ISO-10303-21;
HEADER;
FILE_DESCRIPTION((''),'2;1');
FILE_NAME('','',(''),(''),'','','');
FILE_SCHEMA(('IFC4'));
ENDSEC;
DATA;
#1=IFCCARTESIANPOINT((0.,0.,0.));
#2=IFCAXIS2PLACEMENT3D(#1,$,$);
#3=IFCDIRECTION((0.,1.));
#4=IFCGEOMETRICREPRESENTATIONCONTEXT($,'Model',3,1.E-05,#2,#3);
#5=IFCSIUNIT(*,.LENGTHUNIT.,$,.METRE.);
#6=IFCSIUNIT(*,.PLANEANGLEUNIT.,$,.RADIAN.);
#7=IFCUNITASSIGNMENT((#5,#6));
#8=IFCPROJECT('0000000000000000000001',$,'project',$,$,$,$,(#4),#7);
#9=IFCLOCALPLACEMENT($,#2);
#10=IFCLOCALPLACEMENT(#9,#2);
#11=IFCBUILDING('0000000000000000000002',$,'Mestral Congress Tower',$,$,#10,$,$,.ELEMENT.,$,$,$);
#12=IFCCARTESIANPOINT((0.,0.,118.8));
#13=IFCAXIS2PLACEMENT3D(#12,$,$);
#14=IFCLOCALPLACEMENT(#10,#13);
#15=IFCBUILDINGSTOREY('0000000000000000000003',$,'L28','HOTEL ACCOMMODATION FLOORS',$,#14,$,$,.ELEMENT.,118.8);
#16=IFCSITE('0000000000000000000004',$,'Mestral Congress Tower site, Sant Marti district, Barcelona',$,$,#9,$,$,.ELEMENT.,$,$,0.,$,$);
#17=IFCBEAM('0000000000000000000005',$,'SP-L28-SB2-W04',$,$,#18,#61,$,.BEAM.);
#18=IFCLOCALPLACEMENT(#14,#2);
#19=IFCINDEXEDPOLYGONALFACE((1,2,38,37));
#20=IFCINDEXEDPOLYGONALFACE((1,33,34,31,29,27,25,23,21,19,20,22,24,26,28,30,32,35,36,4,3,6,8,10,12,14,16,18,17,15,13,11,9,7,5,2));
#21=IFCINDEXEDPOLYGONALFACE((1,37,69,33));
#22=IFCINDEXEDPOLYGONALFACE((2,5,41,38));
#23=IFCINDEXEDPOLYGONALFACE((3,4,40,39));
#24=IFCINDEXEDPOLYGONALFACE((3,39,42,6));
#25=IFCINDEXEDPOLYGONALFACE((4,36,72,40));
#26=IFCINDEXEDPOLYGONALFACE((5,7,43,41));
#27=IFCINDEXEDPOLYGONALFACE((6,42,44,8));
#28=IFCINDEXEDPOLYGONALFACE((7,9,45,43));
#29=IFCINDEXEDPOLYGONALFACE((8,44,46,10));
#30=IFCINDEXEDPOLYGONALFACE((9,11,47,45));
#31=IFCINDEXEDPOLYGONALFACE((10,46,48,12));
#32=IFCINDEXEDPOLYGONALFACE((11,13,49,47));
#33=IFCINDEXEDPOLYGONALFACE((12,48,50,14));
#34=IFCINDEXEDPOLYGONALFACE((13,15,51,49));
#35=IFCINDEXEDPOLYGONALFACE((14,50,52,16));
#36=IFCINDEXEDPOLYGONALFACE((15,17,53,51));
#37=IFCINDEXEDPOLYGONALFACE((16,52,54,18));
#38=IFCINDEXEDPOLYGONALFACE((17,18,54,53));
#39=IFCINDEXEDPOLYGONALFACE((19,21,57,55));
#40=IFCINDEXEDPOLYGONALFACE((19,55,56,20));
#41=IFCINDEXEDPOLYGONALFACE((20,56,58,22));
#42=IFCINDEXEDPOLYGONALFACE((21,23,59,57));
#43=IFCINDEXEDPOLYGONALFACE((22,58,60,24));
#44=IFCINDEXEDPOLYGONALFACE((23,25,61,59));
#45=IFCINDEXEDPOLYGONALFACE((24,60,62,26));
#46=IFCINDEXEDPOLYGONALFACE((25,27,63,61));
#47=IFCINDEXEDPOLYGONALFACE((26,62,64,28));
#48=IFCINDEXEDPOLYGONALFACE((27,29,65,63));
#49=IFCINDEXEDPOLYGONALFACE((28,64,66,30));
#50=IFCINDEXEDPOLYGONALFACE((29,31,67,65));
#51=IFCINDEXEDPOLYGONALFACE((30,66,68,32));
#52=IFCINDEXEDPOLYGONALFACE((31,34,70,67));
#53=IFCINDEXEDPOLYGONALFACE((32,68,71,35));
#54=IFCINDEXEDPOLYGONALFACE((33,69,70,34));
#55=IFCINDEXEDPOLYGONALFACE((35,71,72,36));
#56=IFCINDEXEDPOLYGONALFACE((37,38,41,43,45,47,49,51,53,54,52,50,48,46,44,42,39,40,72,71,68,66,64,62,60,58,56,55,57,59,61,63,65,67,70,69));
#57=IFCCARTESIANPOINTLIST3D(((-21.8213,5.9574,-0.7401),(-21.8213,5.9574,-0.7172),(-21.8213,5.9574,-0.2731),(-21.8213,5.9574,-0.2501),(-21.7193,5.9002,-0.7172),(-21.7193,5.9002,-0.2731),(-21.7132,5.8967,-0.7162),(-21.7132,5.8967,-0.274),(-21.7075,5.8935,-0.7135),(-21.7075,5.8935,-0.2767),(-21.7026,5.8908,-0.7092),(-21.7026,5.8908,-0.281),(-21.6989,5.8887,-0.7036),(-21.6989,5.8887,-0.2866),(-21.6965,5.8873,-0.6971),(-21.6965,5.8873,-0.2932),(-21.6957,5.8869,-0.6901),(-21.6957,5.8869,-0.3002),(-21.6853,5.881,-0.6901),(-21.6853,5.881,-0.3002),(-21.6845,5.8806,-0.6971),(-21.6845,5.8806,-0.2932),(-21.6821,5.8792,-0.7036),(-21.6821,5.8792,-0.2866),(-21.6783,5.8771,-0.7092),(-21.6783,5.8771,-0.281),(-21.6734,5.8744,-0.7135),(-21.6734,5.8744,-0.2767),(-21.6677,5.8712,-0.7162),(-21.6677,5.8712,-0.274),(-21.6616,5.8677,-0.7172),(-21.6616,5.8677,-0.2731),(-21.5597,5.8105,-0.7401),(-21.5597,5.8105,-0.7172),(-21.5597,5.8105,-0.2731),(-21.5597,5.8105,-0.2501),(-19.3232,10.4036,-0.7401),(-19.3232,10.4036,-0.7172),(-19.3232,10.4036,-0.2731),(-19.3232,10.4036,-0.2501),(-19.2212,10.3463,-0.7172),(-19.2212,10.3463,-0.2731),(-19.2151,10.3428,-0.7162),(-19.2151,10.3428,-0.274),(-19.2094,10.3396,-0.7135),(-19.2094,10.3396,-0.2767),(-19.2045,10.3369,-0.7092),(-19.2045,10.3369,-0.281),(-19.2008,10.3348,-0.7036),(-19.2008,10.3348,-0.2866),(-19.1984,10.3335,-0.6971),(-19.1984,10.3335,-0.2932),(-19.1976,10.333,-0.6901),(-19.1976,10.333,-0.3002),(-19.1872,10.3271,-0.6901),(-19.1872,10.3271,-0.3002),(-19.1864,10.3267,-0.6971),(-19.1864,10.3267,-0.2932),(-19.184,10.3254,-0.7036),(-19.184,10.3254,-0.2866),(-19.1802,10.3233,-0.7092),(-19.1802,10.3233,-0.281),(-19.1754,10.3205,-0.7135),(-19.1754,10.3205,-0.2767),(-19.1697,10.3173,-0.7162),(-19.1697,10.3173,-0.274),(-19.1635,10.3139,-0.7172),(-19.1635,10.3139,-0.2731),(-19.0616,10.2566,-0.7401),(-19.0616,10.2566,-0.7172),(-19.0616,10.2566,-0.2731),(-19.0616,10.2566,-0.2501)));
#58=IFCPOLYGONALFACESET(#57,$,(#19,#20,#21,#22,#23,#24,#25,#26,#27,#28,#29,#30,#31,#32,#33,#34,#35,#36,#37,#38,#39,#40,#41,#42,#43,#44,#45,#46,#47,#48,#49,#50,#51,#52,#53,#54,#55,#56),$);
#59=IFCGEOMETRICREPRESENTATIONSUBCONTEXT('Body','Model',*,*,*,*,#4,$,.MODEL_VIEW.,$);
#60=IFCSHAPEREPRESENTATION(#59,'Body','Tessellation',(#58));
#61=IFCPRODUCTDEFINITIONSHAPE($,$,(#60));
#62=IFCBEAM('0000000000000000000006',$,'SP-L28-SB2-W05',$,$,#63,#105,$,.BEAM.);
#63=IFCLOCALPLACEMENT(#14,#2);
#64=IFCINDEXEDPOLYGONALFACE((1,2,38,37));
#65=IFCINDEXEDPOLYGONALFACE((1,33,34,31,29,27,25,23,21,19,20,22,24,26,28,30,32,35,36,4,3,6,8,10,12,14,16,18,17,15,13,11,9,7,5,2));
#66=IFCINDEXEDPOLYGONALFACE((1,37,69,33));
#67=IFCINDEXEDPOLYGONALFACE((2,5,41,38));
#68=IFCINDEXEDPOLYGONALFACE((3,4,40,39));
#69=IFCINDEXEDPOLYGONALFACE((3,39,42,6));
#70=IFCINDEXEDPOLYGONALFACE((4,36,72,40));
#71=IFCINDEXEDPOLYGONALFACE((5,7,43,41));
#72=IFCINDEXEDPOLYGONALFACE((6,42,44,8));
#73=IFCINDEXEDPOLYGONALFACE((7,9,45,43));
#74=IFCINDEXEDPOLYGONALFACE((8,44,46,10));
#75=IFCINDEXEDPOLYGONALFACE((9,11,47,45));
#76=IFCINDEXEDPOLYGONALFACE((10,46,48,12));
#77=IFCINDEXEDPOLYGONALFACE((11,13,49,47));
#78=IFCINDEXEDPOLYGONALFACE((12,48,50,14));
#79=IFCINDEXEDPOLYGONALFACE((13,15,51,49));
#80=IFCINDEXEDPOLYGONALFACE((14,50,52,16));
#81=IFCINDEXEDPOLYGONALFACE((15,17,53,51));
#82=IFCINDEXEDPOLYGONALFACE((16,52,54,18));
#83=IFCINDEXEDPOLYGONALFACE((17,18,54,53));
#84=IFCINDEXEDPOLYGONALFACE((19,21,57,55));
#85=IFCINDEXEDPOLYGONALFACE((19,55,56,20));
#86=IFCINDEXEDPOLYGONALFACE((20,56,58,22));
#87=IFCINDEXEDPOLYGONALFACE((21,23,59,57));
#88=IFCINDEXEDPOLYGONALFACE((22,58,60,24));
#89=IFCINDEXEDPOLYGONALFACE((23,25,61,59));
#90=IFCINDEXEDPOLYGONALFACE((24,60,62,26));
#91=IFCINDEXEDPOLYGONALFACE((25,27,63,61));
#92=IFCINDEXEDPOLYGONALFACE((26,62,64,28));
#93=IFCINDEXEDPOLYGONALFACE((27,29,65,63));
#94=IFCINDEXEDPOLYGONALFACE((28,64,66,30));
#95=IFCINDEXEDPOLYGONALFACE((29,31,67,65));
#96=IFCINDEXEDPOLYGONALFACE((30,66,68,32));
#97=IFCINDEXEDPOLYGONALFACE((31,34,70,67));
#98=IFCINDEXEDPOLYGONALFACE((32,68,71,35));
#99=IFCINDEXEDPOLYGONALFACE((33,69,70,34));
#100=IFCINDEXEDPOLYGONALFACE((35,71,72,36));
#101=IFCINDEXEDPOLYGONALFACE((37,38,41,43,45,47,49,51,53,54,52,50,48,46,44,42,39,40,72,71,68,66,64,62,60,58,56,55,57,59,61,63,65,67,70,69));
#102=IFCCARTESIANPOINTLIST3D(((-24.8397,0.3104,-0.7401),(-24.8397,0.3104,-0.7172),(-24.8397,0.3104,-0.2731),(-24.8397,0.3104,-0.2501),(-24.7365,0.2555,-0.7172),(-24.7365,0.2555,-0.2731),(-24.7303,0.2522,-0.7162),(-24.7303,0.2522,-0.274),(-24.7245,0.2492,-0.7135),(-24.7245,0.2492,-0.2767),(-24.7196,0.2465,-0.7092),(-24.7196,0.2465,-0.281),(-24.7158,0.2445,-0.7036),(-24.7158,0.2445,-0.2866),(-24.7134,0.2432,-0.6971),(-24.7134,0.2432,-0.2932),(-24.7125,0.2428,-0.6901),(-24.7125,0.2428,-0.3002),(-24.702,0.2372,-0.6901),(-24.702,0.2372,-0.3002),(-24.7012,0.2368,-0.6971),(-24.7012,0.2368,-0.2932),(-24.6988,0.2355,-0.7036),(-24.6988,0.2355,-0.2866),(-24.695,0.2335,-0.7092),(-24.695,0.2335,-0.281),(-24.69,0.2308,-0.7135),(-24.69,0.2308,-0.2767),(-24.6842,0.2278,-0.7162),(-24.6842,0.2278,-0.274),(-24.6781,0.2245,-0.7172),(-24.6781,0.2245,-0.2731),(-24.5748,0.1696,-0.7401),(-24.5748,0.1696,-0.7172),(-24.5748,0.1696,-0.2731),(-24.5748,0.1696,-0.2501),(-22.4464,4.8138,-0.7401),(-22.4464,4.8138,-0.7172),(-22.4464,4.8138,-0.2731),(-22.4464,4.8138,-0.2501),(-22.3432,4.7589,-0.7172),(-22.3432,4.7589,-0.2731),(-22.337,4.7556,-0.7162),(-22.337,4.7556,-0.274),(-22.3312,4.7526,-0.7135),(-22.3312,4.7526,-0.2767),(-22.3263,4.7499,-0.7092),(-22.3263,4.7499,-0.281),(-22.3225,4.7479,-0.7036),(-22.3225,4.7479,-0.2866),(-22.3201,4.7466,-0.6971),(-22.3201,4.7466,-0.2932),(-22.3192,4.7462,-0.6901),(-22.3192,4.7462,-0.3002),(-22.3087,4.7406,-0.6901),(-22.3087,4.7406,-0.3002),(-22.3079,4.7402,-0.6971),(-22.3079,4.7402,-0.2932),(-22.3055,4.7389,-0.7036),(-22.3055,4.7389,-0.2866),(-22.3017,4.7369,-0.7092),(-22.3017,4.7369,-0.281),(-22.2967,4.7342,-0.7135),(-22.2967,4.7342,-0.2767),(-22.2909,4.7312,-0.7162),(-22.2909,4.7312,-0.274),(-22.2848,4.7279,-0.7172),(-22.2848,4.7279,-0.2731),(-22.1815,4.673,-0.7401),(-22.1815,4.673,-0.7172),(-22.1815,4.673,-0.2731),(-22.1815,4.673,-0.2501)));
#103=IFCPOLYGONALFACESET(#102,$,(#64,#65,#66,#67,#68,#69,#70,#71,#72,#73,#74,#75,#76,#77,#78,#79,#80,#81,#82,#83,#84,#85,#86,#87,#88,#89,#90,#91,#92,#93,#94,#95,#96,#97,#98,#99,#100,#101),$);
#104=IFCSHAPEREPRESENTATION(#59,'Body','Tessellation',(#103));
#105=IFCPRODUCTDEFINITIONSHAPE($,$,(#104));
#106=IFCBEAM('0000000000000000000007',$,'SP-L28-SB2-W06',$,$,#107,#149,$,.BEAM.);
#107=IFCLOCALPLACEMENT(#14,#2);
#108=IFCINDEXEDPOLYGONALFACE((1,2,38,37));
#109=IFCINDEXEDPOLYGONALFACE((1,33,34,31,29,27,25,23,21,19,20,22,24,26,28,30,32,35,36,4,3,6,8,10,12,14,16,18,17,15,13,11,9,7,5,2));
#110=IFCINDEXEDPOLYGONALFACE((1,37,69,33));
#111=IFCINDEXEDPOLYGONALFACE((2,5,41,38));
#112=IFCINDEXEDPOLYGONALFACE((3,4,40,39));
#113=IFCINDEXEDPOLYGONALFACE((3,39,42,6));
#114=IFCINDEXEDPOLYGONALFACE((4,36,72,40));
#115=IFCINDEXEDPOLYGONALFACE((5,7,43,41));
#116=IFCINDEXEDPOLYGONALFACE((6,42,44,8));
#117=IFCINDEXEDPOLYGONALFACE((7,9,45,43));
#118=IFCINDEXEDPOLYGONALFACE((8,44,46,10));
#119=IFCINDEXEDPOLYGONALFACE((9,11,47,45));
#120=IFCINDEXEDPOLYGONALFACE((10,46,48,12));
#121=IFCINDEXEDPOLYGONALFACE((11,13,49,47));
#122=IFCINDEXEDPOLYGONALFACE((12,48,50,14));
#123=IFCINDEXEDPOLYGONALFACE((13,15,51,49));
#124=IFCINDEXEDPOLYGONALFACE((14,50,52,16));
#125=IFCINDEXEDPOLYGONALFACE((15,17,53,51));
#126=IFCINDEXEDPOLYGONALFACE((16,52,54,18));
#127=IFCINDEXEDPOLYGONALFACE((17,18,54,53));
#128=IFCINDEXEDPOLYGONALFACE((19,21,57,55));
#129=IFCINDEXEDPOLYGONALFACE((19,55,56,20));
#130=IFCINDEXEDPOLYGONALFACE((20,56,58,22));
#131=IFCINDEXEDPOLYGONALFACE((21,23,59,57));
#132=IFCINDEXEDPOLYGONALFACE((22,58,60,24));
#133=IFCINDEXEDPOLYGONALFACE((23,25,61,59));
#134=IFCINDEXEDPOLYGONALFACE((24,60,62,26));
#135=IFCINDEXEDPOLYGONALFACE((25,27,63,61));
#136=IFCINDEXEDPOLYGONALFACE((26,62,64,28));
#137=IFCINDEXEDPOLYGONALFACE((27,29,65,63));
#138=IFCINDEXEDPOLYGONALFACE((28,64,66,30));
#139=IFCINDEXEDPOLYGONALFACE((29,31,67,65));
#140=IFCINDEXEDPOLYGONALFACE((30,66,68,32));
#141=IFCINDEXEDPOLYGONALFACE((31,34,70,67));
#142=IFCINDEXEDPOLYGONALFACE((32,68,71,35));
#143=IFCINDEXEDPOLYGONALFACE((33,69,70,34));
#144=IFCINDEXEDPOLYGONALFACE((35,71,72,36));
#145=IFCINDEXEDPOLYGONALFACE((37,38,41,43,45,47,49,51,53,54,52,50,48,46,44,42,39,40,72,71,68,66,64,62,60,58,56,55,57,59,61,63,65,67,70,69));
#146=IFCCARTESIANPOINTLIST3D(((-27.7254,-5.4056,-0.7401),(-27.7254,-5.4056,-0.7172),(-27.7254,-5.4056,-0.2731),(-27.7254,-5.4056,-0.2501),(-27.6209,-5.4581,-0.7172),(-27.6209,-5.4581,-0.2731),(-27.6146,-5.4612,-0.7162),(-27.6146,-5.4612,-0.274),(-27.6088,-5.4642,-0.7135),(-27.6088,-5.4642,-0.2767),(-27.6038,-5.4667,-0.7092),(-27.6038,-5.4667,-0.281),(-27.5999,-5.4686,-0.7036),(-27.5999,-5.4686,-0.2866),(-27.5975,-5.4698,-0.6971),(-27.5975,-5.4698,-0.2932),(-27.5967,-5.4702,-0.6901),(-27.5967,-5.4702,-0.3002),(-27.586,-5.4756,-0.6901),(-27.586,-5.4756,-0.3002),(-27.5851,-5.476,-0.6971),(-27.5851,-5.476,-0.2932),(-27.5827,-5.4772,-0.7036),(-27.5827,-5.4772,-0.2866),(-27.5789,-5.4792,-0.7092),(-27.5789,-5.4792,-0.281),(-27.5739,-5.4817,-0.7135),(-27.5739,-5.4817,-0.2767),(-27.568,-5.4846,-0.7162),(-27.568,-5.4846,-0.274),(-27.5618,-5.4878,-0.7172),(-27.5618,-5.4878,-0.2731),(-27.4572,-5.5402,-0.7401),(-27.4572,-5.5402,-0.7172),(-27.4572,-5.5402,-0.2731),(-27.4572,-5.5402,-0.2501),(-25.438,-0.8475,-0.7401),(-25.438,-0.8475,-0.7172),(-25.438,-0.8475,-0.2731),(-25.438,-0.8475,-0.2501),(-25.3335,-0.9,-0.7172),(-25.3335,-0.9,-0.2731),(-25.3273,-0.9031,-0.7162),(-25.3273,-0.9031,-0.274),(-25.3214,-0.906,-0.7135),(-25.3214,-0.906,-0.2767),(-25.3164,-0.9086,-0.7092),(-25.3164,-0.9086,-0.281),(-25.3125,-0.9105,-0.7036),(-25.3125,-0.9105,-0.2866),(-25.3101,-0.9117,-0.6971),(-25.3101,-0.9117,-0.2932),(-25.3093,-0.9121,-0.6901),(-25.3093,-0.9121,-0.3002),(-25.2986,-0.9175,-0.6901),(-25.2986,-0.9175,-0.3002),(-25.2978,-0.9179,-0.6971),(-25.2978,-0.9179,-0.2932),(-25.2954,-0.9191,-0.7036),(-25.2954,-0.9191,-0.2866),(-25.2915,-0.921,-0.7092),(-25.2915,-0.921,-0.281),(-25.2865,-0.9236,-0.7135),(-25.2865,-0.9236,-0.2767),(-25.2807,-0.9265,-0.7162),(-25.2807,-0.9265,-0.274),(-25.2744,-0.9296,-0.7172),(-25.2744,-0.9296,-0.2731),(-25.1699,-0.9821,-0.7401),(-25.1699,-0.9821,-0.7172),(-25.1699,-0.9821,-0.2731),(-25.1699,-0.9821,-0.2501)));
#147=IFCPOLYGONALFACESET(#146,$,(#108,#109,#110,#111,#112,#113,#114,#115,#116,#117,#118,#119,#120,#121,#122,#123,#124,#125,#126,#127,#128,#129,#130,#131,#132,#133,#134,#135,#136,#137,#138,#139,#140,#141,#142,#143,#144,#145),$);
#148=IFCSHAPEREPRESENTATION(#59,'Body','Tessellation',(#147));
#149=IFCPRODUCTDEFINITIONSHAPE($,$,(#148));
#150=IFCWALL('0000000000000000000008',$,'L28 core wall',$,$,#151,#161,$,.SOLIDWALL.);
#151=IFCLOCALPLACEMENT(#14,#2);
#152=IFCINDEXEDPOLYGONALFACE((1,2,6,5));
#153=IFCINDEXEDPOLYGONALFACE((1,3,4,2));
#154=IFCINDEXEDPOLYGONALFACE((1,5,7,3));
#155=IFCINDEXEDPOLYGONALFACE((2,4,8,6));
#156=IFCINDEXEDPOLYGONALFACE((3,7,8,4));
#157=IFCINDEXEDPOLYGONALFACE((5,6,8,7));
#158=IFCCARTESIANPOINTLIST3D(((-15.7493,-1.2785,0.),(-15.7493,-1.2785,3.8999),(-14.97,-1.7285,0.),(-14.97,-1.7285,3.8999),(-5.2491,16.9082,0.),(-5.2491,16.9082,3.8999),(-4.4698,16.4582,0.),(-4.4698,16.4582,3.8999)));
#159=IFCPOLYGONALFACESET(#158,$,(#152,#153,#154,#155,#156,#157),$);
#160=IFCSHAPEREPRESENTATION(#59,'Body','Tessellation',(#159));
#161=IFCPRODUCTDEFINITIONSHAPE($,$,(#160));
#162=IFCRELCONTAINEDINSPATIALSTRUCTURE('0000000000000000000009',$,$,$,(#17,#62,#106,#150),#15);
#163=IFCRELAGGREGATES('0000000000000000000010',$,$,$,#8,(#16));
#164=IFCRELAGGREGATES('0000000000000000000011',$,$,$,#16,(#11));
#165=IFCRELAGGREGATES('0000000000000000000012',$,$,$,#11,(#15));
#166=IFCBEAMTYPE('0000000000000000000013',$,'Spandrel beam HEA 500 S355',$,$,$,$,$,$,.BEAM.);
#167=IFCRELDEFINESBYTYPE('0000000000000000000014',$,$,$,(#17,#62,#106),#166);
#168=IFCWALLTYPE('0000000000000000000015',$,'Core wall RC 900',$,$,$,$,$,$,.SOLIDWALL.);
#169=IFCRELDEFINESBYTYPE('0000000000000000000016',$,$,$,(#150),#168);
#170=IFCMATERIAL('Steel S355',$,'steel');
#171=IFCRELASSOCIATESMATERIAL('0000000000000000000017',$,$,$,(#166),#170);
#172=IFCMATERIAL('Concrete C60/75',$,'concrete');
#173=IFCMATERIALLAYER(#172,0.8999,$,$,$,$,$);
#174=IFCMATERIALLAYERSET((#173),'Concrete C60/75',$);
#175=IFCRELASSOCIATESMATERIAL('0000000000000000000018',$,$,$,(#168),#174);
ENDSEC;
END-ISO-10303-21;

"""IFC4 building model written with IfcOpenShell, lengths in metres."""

from ifc_helpers import new_model, si_unit, direction, frame, frame_2d, origin, origin_2d, place, context, subcontext, project, spatial, rectangle, i_section, extrude, material, layer, layer_set, material_profile, profile_set, type_object, element, save


model = new_model("IFC4")

# Units and contexts
model_context = context("Model", 3, precision=1e-05, world=origin(), true_north=direction((0.0, 1.0)))
body_context = subcontext(model_context, "Body", "Model", "MODEL_VIEW")
ifc_project = project(units=[si_unit("LENGTHUNIT", "METRE"), si_unit("PLANEANGLEUNIT", "RADIAN")], contexts=[model_context])

# Site, building, storey
site_placement = place(None, origin())
site = spatial("IfcSite", under=ifc_project, at=site_placement, Name="Mestral Congress Tower site, Sant Marti district, Barcelona", CompositionType="ELEMENT", RefElevation=0.0)
building_placement = place(site_placement, origin())
building = spatial("IfcBuilding", under=site, at=building_placement, Name="Mestral Congress Tower", CompositionType="ELEMENT")
storey_placement = place(building_placement, frame((0.0, 0.0, 118.8)))
storey = spatial("IfcBuildingStorey", under=building, at=storey_placement, Name="L28", Description="HOTEL ACCOMMODATION FLOORS", CompositionType="ELEMENT", Elevation=118.8)

# Beams
ifc_material_1 = material(Name="Steel S355", Category="steel")
ifc_material_profile_1 = material_profile(ifc_material_1, i_section(OverallWidth=0.3, OverallDepth=0.49, WebThickness=0.012, FlangeThickness=0.0229, FilletRadius=0.0271, at=origin_2d()), Name="HEA 500")
ifc_profile_set_1 = profile_set([ifc_material_profile_1], Name="Steel S355")
beam_type_1 = type_object("IfcBeamType", Name="Spandrel beam HEA 500 S355", PredefinedType="BEAM", material=ifc_profile_set_1)
for number, where, z_axis, x_axis, name in (
    (1, (-19.1924, 10.3301, -0.4951), (-0.489836, -0.871815, 0.0), (0.871815, -0.489836, 0.0), "SP-L28-SB2-W04"),
    (2, (-22.314, 4.7434, -0.4951), (-0.469288, -0.883045, 0.0), (0.883045, -0.469288, 0.0), "SP-L28-SB2-W05"),
    (3, (-25.304, -0.9148, -0.4951), (-0.448515, -0.893775, 0.0), (0.893775, -0.448515, 0.0), "SP-L28-SB2-W06"),
):
    element("IfcBeam", number, at=place(storey_placement, frame(where, z_axis=z_axis, x_axis=x_axis)), inside=storey, type_object=beam_type_1, Name=name, PredefinedType="BEAM", context=body_context, shape_type="SweptSolid", body=[
        extrude(i_section(OverallWidth=0.3, OverallDepth=0.49, WebThickness=0.012, FlangeThickness=0.0229, FilletRadius=0.0271, at=origin_2d()), origin(), (0.0, 0.0, 1.0), 5.0999),
    ])

# Wall
ifc_material_2 = material(Name="Concrete C60/75", Category="concrete")
ifc_layer_1 = layer(ifc_material_2, 0.8999)
ifc_layer_set_1 = layer_set([ifc_layer_1], Name="Concrete C60/75")
wall_type_1 = type_object("IfcWallType", Name="Core wall RC 900", PredefinedType="SOLIDWALL", material=ifc_layer_set_1)
wall_1_placement = place(storey_placement, frame((-15.3596, -1.5034, 0.0), z_axis=(0.0, 0.0, 1.0), x_axis=(0.500004, 0.866023, 0.0)))
element("IfcWall", 4, at=wall_1_placement, inside=storey, type_object=wall_type_1, Name="L28 core wall", PredefinedType="SOLIDWALL", context=body_context, shape_type="SweptSolid", body=[
    extrude(rectangle(XDim=21.0002, YDim=0.8999, at=frame_2d((10.5, 0.0))), origin(), (0.0, 0.0, 1.0), 3.8999),
])

save(model, "model.ifc")
